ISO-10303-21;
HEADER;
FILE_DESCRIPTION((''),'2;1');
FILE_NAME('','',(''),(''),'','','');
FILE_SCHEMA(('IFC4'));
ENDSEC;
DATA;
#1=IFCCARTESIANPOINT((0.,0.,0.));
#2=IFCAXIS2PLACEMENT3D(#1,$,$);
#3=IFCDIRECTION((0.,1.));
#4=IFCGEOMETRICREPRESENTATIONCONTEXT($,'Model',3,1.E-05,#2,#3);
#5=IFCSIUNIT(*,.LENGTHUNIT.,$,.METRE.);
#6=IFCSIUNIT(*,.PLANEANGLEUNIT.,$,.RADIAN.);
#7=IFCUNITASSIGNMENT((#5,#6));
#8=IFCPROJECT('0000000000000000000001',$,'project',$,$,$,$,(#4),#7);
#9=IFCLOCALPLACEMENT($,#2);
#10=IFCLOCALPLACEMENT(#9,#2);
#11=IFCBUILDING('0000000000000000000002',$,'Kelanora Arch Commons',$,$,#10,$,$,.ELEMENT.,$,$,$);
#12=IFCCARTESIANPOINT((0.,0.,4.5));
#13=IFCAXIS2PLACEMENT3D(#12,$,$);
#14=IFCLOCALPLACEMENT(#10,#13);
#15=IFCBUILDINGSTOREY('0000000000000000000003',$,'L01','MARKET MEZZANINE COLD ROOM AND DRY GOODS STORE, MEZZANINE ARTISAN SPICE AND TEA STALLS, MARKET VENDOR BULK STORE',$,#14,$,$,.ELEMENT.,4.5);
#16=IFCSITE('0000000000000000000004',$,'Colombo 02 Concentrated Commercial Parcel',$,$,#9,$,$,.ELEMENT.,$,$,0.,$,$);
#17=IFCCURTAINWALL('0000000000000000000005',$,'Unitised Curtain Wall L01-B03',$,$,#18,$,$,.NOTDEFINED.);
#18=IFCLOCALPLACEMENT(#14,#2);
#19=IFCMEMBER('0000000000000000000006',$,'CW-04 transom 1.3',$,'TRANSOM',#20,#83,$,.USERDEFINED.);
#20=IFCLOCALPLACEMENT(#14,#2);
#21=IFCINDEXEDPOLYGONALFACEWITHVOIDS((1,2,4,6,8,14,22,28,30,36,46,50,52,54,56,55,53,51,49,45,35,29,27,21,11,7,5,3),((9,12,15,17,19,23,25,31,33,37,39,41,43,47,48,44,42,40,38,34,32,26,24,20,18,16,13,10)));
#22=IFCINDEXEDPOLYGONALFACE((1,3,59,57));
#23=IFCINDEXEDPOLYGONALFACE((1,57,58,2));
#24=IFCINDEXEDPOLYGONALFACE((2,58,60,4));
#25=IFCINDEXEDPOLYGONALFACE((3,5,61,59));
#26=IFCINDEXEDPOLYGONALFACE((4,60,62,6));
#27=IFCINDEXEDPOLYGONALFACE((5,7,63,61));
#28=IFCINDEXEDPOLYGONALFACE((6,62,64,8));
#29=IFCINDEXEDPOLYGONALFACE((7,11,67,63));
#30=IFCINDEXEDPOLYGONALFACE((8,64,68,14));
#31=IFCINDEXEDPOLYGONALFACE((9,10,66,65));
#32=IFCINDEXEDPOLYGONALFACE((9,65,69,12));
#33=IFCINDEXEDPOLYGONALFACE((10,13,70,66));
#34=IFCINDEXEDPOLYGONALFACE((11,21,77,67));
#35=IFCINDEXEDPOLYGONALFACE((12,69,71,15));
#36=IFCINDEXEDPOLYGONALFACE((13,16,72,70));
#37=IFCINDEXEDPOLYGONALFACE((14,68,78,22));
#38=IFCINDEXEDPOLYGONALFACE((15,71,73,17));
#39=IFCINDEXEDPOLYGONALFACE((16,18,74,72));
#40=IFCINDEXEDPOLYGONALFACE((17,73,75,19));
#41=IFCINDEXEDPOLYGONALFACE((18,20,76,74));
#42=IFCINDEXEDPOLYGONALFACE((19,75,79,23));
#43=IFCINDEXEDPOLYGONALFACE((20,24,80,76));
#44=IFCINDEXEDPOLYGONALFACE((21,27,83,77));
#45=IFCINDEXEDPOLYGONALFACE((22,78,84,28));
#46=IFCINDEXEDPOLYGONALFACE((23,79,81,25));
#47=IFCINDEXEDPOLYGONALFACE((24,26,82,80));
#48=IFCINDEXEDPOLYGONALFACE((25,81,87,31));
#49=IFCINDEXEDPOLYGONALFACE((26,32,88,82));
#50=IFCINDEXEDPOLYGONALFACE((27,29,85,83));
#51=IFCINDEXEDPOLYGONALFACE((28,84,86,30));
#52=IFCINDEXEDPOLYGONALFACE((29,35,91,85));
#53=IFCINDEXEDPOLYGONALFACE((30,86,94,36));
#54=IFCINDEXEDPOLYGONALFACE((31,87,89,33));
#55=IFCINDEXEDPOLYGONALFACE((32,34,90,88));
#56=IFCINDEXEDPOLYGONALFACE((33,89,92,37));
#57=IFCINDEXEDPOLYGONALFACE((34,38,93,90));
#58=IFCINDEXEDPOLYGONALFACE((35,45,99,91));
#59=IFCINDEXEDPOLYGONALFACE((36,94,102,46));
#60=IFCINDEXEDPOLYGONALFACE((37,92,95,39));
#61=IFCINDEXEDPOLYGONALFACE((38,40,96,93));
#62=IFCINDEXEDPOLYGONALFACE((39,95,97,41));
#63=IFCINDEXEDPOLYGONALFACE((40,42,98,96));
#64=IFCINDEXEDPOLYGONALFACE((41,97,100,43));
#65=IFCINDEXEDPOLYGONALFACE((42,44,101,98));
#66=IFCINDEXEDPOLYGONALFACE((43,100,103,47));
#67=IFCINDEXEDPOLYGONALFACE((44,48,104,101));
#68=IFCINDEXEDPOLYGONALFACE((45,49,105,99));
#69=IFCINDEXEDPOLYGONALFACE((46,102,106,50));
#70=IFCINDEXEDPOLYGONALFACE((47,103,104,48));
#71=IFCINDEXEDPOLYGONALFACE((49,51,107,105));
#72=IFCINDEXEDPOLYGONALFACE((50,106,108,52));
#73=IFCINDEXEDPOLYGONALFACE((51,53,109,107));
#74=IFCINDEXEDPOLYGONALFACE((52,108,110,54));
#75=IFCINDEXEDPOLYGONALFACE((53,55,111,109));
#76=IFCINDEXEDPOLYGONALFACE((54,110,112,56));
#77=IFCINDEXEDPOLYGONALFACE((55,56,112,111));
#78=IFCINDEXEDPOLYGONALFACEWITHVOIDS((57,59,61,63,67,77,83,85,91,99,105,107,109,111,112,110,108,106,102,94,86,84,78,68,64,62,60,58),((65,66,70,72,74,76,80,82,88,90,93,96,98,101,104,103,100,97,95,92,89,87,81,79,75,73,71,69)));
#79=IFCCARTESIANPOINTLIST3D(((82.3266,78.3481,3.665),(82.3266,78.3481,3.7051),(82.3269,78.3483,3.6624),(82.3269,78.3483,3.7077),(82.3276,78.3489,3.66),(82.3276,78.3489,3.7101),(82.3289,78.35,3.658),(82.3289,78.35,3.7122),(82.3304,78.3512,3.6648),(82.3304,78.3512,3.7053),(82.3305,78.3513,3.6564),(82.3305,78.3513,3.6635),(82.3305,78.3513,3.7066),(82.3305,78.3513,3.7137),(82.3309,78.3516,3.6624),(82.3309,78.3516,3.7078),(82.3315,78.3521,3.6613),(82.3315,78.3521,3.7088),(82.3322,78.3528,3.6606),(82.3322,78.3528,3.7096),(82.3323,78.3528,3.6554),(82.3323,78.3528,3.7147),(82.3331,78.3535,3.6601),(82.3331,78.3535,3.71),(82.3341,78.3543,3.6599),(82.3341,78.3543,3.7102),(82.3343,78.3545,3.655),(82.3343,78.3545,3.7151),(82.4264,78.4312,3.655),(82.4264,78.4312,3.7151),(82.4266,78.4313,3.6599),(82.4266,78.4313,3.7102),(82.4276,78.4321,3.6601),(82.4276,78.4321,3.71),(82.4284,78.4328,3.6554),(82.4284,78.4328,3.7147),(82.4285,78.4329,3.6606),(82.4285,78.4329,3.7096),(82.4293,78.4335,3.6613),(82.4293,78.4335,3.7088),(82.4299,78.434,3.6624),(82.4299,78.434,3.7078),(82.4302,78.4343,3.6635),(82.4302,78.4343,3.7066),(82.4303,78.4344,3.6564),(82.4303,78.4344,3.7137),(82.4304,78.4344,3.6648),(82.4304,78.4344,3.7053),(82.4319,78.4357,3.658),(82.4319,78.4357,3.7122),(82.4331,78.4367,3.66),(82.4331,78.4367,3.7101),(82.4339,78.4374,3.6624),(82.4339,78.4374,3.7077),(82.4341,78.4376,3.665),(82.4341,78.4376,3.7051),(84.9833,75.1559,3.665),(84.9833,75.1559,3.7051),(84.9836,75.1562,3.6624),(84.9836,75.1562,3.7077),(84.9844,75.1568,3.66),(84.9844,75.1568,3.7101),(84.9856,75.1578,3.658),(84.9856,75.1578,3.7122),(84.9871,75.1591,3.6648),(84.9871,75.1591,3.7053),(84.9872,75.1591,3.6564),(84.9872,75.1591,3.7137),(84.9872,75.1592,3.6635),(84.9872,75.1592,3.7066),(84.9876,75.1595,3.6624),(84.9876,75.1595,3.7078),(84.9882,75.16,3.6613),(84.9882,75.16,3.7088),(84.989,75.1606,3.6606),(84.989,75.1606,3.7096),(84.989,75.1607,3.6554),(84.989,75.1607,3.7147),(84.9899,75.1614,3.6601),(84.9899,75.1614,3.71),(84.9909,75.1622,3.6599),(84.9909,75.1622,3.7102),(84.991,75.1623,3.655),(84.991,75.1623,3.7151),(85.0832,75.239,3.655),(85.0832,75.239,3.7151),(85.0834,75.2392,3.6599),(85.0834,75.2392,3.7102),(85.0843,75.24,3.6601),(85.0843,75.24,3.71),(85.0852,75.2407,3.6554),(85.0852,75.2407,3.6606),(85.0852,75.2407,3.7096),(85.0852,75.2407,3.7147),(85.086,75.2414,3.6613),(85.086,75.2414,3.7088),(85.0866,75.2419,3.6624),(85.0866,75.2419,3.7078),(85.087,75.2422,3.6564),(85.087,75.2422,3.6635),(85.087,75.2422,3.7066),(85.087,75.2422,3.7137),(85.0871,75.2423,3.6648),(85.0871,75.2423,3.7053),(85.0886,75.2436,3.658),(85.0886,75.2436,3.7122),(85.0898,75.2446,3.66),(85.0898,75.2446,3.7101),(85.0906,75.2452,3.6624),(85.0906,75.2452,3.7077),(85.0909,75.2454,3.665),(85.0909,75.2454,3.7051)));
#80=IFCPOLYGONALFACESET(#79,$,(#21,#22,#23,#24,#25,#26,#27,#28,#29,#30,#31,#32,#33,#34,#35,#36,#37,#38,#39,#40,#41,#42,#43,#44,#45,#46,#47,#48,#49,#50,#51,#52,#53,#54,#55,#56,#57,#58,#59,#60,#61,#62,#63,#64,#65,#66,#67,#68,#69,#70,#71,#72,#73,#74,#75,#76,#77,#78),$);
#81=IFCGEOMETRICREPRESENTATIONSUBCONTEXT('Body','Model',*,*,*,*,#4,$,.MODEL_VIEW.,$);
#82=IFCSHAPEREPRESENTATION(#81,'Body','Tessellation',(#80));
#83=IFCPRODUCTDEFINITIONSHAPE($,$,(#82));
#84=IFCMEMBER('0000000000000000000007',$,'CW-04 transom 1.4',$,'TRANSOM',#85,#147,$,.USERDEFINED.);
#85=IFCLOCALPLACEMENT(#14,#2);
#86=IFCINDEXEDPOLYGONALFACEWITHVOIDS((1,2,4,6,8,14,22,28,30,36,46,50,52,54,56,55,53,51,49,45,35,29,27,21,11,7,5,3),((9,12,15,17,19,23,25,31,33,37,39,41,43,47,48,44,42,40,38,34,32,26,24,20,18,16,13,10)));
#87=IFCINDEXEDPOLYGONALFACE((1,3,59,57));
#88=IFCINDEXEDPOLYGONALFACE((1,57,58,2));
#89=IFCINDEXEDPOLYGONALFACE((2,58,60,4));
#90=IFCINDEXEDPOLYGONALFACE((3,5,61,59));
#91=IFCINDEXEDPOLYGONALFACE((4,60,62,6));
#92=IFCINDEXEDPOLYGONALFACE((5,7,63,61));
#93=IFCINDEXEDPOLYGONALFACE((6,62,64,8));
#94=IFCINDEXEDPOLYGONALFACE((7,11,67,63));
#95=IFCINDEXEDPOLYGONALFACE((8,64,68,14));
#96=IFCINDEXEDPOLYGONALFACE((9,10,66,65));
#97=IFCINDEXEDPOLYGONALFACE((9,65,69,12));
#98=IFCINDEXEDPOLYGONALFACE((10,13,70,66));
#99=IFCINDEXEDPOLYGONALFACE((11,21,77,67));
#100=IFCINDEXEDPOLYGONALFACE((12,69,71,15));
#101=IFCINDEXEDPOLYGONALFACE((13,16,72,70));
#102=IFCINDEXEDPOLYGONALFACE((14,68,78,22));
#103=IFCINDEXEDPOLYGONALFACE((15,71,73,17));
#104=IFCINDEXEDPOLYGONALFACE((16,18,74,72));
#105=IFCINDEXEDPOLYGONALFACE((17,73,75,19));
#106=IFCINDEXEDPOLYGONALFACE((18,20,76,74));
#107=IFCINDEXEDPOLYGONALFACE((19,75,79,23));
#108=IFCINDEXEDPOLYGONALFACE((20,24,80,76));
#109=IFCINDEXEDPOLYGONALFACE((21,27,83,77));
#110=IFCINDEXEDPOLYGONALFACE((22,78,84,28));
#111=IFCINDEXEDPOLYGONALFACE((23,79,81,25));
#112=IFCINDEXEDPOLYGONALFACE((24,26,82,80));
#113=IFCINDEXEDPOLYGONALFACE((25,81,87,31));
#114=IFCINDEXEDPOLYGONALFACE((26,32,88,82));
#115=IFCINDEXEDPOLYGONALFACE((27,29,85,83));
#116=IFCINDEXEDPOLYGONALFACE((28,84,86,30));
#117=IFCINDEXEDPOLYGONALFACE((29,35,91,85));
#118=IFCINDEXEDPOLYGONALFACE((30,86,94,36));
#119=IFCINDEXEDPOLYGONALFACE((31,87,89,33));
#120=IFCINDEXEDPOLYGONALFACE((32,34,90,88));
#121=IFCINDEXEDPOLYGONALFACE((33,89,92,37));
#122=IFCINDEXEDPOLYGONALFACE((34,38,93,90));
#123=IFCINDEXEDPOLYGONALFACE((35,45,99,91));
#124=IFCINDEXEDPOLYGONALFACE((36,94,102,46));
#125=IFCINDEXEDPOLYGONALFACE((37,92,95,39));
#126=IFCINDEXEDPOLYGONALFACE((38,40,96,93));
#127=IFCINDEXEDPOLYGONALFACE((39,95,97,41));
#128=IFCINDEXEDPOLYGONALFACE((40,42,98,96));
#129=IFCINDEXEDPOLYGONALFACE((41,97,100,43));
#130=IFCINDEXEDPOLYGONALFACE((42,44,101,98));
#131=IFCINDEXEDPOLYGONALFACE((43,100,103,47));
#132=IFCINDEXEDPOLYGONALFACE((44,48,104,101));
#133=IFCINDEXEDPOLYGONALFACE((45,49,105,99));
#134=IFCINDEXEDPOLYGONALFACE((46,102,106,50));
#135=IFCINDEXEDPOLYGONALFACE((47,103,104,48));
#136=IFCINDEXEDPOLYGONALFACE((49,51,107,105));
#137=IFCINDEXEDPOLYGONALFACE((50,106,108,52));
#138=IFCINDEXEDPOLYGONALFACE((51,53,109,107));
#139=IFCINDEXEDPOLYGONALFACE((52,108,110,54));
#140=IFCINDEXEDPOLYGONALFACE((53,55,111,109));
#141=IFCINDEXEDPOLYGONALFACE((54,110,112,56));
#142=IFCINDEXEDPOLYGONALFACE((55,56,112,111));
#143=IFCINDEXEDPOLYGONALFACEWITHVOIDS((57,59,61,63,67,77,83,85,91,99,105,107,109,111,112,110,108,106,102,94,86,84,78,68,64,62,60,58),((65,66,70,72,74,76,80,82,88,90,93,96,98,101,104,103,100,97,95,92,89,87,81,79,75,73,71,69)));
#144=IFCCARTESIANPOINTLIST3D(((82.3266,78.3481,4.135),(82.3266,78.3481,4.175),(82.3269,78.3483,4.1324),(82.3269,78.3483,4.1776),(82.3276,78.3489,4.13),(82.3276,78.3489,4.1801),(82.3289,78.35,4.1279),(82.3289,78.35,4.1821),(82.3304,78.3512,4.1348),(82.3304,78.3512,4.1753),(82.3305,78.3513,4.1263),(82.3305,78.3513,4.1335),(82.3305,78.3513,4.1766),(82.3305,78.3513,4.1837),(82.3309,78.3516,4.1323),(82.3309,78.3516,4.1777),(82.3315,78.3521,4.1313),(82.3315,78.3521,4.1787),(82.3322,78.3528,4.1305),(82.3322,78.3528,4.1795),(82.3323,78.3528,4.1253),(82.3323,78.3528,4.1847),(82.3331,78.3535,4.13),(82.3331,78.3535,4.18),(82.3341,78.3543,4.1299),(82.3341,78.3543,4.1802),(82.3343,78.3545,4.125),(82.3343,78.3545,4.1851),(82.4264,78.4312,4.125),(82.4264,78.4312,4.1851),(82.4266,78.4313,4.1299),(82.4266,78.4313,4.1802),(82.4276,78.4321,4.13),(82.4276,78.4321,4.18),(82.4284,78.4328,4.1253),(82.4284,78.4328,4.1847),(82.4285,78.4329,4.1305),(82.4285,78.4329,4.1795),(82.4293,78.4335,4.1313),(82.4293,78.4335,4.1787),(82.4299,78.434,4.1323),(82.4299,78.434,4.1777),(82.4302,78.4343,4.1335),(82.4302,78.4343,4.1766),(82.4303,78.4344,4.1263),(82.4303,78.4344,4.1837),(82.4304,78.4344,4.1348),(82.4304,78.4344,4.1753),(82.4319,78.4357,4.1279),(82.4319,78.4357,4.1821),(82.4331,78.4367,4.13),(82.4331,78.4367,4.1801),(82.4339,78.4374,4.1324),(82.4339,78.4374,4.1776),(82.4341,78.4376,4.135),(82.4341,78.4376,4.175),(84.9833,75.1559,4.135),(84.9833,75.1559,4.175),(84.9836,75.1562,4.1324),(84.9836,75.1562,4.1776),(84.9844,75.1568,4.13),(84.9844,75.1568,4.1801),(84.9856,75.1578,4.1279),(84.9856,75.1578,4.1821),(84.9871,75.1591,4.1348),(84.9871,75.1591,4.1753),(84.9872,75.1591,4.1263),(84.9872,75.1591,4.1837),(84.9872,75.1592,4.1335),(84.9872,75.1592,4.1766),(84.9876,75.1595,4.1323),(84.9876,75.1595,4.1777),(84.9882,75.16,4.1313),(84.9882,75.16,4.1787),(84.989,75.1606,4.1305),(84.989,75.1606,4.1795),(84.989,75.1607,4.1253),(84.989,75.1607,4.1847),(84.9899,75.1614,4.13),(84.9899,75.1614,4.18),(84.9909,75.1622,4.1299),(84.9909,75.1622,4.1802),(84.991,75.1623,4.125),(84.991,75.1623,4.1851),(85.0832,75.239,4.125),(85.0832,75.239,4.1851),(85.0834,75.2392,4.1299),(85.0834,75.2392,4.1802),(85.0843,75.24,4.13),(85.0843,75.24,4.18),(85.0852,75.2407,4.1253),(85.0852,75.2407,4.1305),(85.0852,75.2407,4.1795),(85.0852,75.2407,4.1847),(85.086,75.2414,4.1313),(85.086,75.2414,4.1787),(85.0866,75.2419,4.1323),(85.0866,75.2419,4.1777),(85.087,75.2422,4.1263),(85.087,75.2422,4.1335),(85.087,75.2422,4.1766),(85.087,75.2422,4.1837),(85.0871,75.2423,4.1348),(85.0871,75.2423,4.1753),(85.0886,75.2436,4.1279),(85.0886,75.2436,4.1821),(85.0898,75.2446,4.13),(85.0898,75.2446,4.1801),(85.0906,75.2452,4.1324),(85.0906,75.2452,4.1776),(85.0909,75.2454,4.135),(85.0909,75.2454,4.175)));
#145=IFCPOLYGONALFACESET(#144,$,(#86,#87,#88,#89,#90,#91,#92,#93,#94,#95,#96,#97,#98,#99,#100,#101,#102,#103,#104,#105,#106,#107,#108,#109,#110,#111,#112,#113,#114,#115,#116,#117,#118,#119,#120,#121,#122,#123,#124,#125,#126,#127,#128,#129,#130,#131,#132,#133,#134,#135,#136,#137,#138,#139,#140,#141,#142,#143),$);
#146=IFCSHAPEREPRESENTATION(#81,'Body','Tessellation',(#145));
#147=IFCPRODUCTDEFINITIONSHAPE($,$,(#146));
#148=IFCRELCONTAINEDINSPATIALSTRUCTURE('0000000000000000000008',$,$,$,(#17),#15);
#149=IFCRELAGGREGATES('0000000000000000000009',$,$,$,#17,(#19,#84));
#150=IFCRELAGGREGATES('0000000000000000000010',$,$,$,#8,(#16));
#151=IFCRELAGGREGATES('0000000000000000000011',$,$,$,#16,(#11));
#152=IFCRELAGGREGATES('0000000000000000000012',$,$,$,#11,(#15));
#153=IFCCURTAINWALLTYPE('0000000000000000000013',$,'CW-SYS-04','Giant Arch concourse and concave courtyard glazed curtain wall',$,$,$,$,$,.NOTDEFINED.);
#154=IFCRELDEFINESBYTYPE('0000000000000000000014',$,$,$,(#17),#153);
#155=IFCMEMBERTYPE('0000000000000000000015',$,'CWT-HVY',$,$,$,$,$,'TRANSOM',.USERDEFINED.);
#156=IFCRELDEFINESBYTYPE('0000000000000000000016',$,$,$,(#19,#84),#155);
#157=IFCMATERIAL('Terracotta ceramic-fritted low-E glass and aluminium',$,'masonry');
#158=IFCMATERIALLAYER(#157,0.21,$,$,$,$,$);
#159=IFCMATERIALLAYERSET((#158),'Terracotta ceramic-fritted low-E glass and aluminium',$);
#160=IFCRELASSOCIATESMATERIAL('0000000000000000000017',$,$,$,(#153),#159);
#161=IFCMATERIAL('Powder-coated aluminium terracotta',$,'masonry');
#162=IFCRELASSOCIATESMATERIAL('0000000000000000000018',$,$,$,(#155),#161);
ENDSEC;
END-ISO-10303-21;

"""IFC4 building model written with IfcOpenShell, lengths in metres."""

from ifc_helpers import new_model, si_unit, direction, frame, origin, origin_2d, place, context, subcontext, project, spatial, hollow_rectangle, extrude, material, layer, layer_set, material_profile, profile_set, type_object, element, aggregate, save


model = new_model("IFC4")

# Units and contexts
model_context = context("Model", 3, precision=1e-05, world=origin(), true_north=direction((0.0, 1.0)))
body_context = subcontext(model_context, "Body", "Model", "MODEL_VIEW")
ifc_project = project(units=[si_unit("LENGTHUNIT", "METRE"), si_unit("PLANEANGLEUNIT", "RADIAN")], contexts=[model_context])

# Site, building, storey
site_placement = place(None, origin())
site = spatial("IfcSite", under=ifc_project, at=site_placement, Name="Colombo 02 Concentrated Commercial Parcel", CompositionType="ELEMENT", RefElevation=0.0)
building_placement = place(site_placement, origin())
building = spatial("IfcBuilding", under=site, at=building_placement, Name="Kelanora Arch Commons", CompositionType="ELEMENT")
storey_placement = place(building_placement, frame((0.0, 0.0, 4.5)))
storey = spatial("IfcBuildingStorey", under=building, at=storey_placement, Name="L01", Description="MARKET MEZZANINE COLD ROOM AND DRY GOODS STORE, MEZZANINE ARTISAN SPICE AND TEA STALLS, MARKET VENDOR BULK STORE", CompositionType="ELEMENT", Elevation=4.5)

# Shared definitions
ifc_material_1 = material(Name="Terracotta ceramic-fritted low-E glass and aluminium", Category="masonry")
ifc_layer_1 = layer(ifc_material_1, 0.21)
ifc_layer_set_1 = layer_set([ifc_layer_1], Name="Terracotta ceramic-fritted low-E glass and aluminium")
curtain_wall_type = type_object("IfcCurtainWallType", Name="CW-SYS-04", Description="Giant Arch concourse and concave courtyard glazed curtain wall", PredefinedType="NOTDEFINED", material=ifc_layer_set_1)
ifc_material_2 = material(Name="Powder-coated aluminium terracotta", Category="masonry")

# Curtain wall
curtain_wall_1_placement = place(storey_placement, origin())
curtain_wall_1 = element("IfcCurtainWall", 1, at=curtain_wall_1_placement, inside=storey, type_object=curtain_wall_type, Name="Unitised Curtain Wall L01-B03", PredefinedType="NOTDEFINED")

# Members
ifc_material_profile_1 = material_profile(ifc_material_2, hollow_rectangle(XDim=0.1399, YDim=0.0601, WallThickness=0.0049, InnerFilletRadius=0.0049, OuterFilletRadius=0.01, at=origin_2d()), Name="CWT140x60")
ifc_profile_set_1 = profile_set([ifc_material_profile_1], Name="Powder-coated aluminium terracotta")
member_type_1 = type_object("IfcMemberType", Name="CWT-HVY", ElementType="TRANSOM", PredefinedType="USERDEFINED", material=ifc_profile_set_1)
member_1_placement = place(storey_placement, frame((85.0371, 75.2007, 3.6851), z_axis=(-0.639704, 0.768621, 0.0), x_axis=(-0.768621, -0.639704, 0.0)))
member_1 = element("IfcMember", 2, at=member_1_placement, type_object=member_type_1, Name="CW-04 transom 1.3", ObjectType="TRANSOM", PredefinedType="USERDEFINED", context=body_context, shape_type="SweptSolid", body=[
    extrude(hollow_rectangle(XDim=0.1399, YDim=0.0601, WallThickness=0.0049, InnerFilletRadius=0.0049, OuterFilletRadius=0.01, at=origin_2d()), origin(), (0.0, 0.0, 1.0), 4.1531),
])
member_2_placement = place(storey_placement, frame((85.0371, 75.2007, 4.155), z_axis=(-0.639704, 0.768621, 0.0), x_axis=(-0.768621, -0.639704, 0.0)))
member_2 = element("IfcMember", 3, at=member_2_placement, type_object=member_type_1, Name="CW-04 transom 1.4", ObjectType="TRANSOM", PredefinedType="USERDEFINED", context=body_context, shape_type="SweptSolid", body=[
    extrude(hollow_rectangle(XDim=0.1399, YDim=0.0601, WallThickness=0.0049, InnerFilletRadius=0.0049, OuterFilletRadius=0.01, at=origin_2d()), origin(), (0.0, 0.0, 1.0), 4.1531),
])

aggregate(curtain_wall_1, [member_1, member_2])

save(model, "model.ifc")
